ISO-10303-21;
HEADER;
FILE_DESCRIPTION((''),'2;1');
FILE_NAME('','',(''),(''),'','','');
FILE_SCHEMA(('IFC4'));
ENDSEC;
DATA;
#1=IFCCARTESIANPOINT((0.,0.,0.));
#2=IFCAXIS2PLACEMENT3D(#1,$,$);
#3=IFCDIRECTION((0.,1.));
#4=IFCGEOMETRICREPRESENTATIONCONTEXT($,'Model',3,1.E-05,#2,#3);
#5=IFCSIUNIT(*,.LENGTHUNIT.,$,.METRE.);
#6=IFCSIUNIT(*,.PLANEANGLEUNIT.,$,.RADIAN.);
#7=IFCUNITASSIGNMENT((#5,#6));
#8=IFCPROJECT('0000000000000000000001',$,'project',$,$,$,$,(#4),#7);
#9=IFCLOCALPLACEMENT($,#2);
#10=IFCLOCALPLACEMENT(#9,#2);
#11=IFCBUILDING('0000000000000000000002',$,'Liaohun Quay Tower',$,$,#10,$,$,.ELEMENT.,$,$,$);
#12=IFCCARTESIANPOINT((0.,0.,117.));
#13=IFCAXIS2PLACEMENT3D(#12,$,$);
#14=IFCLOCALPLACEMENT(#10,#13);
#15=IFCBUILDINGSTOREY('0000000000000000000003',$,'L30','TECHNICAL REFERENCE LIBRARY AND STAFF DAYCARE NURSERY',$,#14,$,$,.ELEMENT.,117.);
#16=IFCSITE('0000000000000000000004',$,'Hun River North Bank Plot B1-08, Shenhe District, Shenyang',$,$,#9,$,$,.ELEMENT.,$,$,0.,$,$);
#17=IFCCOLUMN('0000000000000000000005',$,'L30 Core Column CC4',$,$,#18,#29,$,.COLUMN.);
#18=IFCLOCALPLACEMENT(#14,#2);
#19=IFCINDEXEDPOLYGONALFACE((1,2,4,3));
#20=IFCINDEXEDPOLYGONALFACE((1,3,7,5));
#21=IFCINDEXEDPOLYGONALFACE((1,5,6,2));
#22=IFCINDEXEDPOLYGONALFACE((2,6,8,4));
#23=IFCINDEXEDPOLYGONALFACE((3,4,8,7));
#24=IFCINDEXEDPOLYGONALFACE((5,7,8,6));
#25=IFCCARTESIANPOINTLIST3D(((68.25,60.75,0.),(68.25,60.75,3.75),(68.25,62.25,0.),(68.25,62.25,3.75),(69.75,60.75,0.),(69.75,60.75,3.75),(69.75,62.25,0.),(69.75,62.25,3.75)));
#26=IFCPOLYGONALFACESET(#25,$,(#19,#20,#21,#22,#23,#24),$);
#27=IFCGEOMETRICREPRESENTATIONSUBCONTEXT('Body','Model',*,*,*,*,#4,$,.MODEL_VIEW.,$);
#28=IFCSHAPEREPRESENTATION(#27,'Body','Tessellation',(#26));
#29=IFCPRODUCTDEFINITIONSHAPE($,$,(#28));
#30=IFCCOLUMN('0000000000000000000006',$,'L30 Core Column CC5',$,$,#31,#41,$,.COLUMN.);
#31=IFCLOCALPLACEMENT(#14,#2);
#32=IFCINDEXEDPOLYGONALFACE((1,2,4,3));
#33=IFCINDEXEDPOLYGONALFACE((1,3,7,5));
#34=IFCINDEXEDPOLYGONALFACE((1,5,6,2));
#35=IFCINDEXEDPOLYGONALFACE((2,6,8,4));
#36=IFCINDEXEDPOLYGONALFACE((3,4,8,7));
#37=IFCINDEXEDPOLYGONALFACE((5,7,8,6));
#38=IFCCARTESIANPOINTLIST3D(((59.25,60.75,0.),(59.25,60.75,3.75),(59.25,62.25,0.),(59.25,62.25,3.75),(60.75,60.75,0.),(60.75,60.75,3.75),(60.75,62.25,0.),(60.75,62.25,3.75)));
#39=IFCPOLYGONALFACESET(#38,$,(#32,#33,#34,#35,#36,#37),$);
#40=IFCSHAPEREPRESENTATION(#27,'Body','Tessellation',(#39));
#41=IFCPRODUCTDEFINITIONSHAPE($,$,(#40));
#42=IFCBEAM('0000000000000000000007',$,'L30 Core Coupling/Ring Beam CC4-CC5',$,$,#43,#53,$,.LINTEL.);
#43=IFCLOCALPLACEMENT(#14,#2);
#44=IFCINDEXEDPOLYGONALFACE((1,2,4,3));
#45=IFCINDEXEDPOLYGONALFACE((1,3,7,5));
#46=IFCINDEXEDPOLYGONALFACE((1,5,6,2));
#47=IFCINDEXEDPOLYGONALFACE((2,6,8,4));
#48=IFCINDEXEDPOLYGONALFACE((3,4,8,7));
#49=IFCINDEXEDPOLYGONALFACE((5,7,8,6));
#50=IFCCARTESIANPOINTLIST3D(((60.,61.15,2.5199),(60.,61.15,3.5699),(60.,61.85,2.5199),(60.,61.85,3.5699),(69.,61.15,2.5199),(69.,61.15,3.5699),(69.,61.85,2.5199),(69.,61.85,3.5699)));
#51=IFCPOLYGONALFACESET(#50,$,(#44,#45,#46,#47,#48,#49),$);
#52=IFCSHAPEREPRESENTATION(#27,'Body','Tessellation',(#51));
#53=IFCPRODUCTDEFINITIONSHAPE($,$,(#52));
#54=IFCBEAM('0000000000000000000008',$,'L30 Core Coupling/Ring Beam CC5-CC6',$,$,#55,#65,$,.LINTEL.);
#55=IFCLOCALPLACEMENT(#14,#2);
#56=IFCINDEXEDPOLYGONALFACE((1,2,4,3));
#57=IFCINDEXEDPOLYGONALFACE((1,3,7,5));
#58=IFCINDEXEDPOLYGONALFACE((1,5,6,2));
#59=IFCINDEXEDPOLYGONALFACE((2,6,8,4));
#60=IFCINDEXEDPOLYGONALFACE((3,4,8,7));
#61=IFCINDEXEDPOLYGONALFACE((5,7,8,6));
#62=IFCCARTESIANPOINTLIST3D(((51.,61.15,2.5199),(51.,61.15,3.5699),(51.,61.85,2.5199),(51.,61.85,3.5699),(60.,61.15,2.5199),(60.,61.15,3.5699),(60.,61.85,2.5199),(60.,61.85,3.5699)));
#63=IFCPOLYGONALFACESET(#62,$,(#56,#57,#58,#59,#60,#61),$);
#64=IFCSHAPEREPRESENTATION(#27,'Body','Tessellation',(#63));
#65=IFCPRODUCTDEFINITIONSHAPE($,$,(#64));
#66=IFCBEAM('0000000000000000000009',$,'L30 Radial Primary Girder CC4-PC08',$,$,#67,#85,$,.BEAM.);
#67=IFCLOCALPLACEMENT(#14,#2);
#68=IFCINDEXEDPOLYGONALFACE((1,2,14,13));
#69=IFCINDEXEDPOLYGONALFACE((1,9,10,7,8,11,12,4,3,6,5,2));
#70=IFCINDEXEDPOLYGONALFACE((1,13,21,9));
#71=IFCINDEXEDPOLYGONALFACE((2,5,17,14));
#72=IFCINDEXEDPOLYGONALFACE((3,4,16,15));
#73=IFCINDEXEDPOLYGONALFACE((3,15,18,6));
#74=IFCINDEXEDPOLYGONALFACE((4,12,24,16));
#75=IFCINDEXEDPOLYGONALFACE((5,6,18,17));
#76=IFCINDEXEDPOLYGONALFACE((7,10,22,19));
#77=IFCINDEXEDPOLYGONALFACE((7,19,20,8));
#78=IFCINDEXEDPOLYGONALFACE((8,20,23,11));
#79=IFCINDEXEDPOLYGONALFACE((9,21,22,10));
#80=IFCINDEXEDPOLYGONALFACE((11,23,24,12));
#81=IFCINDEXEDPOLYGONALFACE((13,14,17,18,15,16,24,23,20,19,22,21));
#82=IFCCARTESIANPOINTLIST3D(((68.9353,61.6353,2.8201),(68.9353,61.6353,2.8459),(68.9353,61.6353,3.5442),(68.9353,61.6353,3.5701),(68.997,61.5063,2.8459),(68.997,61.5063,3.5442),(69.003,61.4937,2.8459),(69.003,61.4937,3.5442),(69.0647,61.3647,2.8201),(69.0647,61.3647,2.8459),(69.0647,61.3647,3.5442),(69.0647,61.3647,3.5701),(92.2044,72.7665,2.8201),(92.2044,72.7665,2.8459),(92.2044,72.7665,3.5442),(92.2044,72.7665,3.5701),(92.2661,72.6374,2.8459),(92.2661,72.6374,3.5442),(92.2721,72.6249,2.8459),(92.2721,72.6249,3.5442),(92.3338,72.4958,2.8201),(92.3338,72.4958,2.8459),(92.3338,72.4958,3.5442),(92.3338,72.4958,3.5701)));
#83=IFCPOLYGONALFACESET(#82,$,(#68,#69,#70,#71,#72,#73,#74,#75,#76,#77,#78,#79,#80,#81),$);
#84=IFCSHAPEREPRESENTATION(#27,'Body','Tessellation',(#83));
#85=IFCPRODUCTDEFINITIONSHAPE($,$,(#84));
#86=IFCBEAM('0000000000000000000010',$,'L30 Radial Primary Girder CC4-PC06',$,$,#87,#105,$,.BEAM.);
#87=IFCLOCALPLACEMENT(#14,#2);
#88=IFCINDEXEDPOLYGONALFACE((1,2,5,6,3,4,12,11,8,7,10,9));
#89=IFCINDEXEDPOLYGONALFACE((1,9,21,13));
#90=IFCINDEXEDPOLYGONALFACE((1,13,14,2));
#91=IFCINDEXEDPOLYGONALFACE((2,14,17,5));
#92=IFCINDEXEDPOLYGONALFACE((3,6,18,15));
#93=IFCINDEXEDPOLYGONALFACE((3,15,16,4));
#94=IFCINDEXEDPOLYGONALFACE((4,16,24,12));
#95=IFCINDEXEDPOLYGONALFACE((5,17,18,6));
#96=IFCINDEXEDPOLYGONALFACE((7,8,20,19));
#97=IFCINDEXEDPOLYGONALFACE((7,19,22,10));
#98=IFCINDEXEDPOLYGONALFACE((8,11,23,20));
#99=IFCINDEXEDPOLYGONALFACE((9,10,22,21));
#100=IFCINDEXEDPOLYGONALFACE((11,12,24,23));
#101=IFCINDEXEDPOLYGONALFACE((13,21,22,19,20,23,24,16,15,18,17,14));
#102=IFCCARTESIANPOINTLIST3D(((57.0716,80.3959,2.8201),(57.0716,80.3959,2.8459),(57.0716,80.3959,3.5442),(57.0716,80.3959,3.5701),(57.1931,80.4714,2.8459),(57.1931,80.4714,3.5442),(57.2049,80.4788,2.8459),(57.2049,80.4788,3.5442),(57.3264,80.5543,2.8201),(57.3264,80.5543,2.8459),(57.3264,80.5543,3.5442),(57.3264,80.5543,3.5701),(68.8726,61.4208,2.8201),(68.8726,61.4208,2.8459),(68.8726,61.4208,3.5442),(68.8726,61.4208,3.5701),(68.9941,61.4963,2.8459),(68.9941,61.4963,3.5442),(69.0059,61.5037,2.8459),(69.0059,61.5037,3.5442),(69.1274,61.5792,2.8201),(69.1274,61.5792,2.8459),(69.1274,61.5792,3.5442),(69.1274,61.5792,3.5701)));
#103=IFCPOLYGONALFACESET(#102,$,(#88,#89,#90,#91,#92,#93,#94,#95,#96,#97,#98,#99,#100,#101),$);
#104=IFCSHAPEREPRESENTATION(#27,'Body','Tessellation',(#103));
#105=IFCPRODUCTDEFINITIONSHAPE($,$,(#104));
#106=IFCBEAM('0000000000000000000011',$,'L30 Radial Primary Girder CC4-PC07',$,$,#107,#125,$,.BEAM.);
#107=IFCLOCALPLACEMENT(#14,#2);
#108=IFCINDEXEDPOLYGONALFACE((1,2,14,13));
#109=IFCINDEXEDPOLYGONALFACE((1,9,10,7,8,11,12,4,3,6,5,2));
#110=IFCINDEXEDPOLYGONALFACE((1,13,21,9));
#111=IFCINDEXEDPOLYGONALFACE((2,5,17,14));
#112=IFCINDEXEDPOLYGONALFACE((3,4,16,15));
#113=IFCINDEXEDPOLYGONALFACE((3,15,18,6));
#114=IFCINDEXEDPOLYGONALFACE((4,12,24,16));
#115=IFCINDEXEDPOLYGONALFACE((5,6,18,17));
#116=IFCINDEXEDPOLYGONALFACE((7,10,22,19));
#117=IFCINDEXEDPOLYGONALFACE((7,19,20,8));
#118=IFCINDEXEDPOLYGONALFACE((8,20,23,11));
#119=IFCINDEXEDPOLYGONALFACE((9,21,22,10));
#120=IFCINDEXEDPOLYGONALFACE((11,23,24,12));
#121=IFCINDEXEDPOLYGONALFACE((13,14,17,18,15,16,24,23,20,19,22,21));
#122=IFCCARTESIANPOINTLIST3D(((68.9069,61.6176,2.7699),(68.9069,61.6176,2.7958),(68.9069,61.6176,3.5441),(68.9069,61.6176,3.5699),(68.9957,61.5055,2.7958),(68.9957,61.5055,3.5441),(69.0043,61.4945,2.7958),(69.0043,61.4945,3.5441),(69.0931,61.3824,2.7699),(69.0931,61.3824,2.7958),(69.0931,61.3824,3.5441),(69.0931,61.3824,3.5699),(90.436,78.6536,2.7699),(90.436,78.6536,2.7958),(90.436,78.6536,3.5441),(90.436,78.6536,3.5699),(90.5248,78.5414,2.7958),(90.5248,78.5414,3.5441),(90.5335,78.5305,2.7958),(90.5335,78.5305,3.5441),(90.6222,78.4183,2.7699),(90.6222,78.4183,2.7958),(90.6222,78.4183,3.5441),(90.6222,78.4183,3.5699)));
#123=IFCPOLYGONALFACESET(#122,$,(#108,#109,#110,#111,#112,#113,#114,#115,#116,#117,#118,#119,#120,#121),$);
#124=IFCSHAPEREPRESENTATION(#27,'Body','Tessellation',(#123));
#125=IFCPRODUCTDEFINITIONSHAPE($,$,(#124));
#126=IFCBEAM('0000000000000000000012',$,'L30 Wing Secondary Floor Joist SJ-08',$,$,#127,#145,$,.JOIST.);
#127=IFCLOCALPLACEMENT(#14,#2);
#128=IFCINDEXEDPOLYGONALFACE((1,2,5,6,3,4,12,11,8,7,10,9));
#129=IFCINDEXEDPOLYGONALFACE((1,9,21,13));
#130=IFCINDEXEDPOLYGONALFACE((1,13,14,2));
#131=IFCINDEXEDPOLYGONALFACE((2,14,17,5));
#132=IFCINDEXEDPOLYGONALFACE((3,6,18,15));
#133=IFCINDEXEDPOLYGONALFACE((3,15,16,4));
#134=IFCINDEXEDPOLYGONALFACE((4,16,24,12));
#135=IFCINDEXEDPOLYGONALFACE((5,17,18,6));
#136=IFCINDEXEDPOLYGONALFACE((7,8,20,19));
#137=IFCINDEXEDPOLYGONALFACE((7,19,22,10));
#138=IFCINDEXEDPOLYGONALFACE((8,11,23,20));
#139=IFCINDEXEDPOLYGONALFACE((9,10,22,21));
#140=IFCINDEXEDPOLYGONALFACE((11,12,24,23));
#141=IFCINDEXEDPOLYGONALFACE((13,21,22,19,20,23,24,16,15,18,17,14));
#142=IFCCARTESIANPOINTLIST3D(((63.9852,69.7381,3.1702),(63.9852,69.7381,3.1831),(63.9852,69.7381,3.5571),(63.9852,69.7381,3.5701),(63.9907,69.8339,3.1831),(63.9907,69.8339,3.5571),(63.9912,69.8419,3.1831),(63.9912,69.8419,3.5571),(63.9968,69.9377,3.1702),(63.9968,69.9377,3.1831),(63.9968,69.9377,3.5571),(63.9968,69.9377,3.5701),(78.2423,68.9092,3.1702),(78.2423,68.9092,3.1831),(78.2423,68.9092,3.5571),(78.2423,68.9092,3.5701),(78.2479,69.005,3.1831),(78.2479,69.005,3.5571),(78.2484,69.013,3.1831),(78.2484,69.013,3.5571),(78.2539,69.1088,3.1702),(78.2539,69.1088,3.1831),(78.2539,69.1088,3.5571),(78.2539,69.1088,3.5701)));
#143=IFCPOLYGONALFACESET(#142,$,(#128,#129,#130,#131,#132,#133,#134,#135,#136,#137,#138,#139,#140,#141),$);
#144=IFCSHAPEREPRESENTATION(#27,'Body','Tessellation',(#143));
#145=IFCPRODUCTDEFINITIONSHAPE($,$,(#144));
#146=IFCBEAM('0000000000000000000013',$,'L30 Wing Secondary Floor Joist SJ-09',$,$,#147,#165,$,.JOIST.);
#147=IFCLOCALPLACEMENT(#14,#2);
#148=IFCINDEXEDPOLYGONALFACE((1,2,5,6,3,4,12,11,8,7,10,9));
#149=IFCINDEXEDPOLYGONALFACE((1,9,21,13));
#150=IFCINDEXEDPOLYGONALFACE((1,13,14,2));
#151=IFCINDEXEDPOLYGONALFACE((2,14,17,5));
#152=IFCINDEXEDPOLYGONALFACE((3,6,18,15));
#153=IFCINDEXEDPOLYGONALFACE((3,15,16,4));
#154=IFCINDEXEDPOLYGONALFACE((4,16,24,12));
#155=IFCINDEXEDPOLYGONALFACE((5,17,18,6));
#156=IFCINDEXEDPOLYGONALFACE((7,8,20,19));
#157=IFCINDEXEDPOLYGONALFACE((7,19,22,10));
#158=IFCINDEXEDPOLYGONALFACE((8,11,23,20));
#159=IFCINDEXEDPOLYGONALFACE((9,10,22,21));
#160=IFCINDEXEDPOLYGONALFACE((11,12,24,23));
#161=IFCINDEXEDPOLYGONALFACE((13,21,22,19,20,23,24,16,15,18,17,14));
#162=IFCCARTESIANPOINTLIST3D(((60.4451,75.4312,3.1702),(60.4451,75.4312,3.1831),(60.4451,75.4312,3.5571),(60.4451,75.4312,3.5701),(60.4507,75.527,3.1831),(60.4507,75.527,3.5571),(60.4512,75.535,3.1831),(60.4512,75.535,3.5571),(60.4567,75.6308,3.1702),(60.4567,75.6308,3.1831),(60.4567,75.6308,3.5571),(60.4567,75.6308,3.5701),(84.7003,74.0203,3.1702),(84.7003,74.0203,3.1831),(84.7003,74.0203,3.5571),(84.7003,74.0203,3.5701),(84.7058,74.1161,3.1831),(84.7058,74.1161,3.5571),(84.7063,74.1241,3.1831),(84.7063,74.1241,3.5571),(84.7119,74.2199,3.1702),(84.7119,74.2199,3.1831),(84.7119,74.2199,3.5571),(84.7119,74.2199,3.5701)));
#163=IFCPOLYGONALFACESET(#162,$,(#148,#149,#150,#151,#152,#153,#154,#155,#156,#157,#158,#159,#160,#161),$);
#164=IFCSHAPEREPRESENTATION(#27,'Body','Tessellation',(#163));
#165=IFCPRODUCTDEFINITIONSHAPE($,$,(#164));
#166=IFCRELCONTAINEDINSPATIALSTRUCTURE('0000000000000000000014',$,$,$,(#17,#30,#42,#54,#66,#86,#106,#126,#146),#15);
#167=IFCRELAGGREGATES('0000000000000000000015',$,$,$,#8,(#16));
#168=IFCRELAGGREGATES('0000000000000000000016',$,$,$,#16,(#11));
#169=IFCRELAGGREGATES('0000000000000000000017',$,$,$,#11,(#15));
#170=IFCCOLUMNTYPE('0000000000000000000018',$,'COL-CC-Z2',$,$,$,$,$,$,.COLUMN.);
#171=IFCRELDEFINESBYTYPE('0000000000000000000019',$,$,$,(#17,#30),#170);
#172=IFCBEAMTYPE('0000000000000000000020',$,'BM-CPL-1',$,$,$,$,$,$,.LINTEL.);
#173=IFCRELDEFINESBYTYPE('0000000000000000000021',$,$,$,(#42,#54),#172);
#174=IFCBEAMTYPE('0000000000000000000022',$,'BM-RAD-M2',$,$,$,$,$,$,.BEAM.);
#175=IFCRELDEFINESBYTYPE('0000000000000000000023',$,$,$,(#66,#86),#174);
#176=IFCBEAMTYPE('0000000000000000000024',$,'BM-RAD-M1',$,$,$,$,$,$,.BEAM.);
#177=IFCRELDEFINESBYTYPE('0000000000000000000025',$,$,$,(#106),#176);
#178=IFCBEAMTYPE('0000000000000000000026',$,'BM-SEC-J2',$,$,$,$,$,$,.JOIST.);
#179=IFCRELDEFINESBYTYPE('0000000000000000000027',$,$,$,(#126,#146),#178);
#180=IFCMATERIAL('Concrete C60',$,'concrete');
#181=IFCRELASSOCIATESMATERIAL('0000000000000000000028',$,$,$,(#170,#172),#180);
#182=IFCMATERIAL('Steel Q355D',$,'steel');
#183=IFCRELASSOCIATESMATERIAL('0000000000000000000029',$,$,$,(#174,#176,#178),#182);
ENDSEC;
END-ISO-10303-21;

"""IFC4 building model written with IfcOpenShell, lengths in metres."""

from ifc_helpers import new_model, si_unit, direction, frame, origin, origin_2d, place, context, subcontext, project, spatial, rectangle, i_section, extrude, source, transform, mapped, material, material_profile, profile_set, type_object, element, save


model = new_model("IFC4")

# Units and contexts
model_context = context("Model", 3, precision=1e-05, world=origin(), true_north=direction((0.0, 1.0)))
body_context = subcontext(model_context, "Body", "Model", "MODEL_VIEW")
ifc_project = project(units=[si_unit("LENGTHUNIT", "METRE"), si_unit("PLANEANGLEUNIT", "RADIAN")], contexts=[model_context])

# Site, building, storey
site_placement = place(None, origin())
site = spatial("IfcSite", under=ifc_project, at=site_placement, Name="Hun River North Bank Plot B1-08, Shenhe District, Shenyang", CompositionType="ELEMENT", RefElevation=0.0)
building_placement = place(site_placement, origin())
building = spatial("IfcBuilding", under=site, at=building_placement, Name="Liaohun Quay Tower", CompositionType="ELEMENT")
storey_placement = place(building_placement, frame((0.0, 0.0, 117.0)))
storey = spatial("IfcBuildingStorey", under=building, at=storey_placement, Name="L30", Description="TECHNICAL REFERENCE LIBRARY AND STAFF DAYCARE NURSERY", CompositionType="ELEMENT", Elevation=117.0)

# Columns
ifc_material_1 = material(Name="Concrete C60", Category="concrete")
ifc_material_profile_1 = material_profile(ifc_material_1, rectangle(XDim=1.5, YDim=1.5, at=origin_2d()), Name="RC1500x1500")
ifc_profile_set_1 = profile_set([ifc_material_profile_1], Name="Concrete C60")
column_type = type_object("IfcColumnType", Name="COL-CC-Z2", PredefinedType="COLUMN", material=ifc_profile_set_1)
shared_shape_1 = source(origin(), body_context, "Body", "SweptSolid", [
    extrude(rectangle(XDim=1.5, YDim=1.5, at=origin_2d()), origin(), (0.0, 0.0, 1.0), 3.75),
])
for number, where, z_axis, x_axis, name in (
    (1, (69.0, 61.5, 0.0), (0.0, 0.0, 1.0), (1.0, 0.0, 0.0), "L30 Core Column CC4"),
    (2, (60.0, 61.5, 0.0), (0.0, 0.0, 1.0), (1.0, 0.0, 0.0), "L30 Core Column CC5"),
):
    element("IfcColumn", number, at=place(storey_placement, frame(where, z_axis=z_axis, x_axis=x_axis)), inside=storey, type_object=column_type, Name=name, PredefinedType="COLUMN", context=body_context, shape_type="MappedRepresentation", body=[
        mapped(shared_shape_1, transform((0.0, 0.0, 0.0), x_axis=(1.0, 0.0, 0.0), y_axis=(0.0, 1.0, 0.0), z_axis=(0.0, 0.0, 1.0), scale=1.0)),
    ])

# Beams
ifc_material_profile_2 = material_profile(ifc_material_1, rectangle(XDim=0.7, YDim=1.05, at=origin_2d()), Name="RC700x1050")
ifc_profile_set_2 = profile_set([ifc_material_profile_2], Name="Concrete C60")
beam_type_1 = type_object("IfcBeamType", Name="BM-CPL-1", PredefinedType="LINTEL", material=ifc_profile_set_2)
shared_shape_2 = source(origin(), body_context, "Body", "SweptSolid", [
    extrude(rectangle(XDim=0.7, YDim=1.05, at=origin_2d()), origin(), (0.0, 0.0, 1.0), 9.0),
])
for number, where, z_axis, x_axis, name in (
    (3, (69.0, 61.5, 3.0449), (-1.0, 0.0, 0.0), (0.0, -1.0, 0.0), "L30 Core Coupling/Ring Beam CC4-CC5"),
    (4, (60.0, 61.5, 3.0449), (-1.0, 0.0, 0.0), (0.0, -1.0, 0.0), "L30 Core Coupling/Ring Beam CC5-CC6"),
):
    element("IfcBeam", number, at=place(storey_placement, frame(where, z_axis=z_axis, x_axis=x_axis)), inside=storey, type_object=beam_type_1, Name=name, PredefinedType="LINTEL", context=body_context, shape_type="MappedRepresentation", body=[
        mapped(shared_shape_2, transform((0.0, 0.0, 0.0), x_axis=(1.0, 0.0, 0.0), y_axis=(0.0, 1.0, 0.0), z_axis=(0.0, 0.0, 1.0), scale=1.0)),
    ])
ifc_material_2 = material(Name="Steel Q355D", Category="steel")
ifc_material_profile_3 = material_profile(ifc_material_2, i_section(OverallWidth=0.3, OverallDepth=0.75, WebThickness=0.0139, FlangeThickness=0.0259, at=origin_2d()), Name="HN750x300x14x26")
ifc_profile_set_3 = profile_set([ifc_material_profile_3], Name="Steel Q355D")
beam_type_2 = type_object("IfcBeamType", Name="BM-RAD-M2", PredefinedType="BEAM", material=ifc_profile_set_3)
shared_shape_3 = source(origin(), body_context, "Body", "SweptSolid", [
    extrude(i_section(OverallWidth=0.3, OverallDepth=0.75, WebThickness=0.0139, FlangeThickness=0.0259, at=origin_2d()), origin(), (0.0, 0.0, 1.0), 25.7944),
])
beam_1_placement = place(storey_placement, frame((69.0, 61.5, 3.1951), z_axis=(0.902098, 0.431532, 0.0), x_axis=(-0.431532, 0.902098, 0.0)))
element("IfcBeam", 5, at=beam_1_placement, inside=storey, type_object=beam_type_2, Name="L30 Radial Primary Girder CC4-PC08", PredefinedType="BEAM", context=body_context, shape_type="MappedRepresentation", body=[
    mapped(shared_shape_3, transform((0.0, 0.0, 0.0), x_axis=(1.0, 0.0, 0.0), y_axis=(0.0, 1.0, 0.0), z_axis=(0.0, 0.0, 1.0), scale=1.0)),
])
shared_shape_4 = source(origin(), body_context, "Body", "SweptSolid", [
    extrude(i_section(OverallWidth=0.3, OverallDepth=0.75, WebThickness=0.0139, FlangeThickness=0.0259, at=origin_2d()), origin(), (0.0, 0.0, 1.0), 22.3455),
])
beam_2_placement = place(storey_placement, frame((69.0, 61.5, 3.1951), z_axis=(-0.528118, 0.849171, 0.0), x_axis=(-0.849171, -0.528118, 0.0)))
element("IfcBeam", 6, at=beam_2_placement, inside=storey, type_object=beam_type_2, Name="L30 Radial Primary Girder CC4-PC06", PredefinedType="BEAM", context=body_context, shape_type="MappedRepresentation", body=[
    mapped(shared_shape_4, transform((0.0, 0.0, 0.0), x_axis=(1.0, 0.0, 0.0), y_axis=(0.0, 1.0, 0.0), z_axis=(0.0, 0.0, 1.0), scale=1.0)),
])
ifc_material_profile_4 = material_profile(ifc_material_2, i_section(OverallWidth=0.3, OverallDepth=0.8, WebThickness=0.0139, FlangeThickness=0.0259, at=origin_2d()), Name="HN800x300x14x26")
ifc_profile_set_4 = profile_set([ifc_material_profile_4], Name="Steel Q355D")
beam_type_3 = type_object("IfcBeamType", Name="BM-RAD-M1", PredefinedType="BEAM", material=ifc_profile_set_4)
shared_shape_5 = source(origin(), body_context, "Body", "SweptSolid", [
    extrude(i_section(OverallWidth=0.3, OverallDepth=0.8, WebThickness=0.0139, FlangeThickness=0.0259, at=origin_2d()), origin(), (0.0, 0.0, 1.0), 27.4541),
])
beam_3_placement = place(storey_placement, frame((69.0, 61.5, 3.1699), z_axis=(0.784187, 0.620525, 0.0), x_axis=(-0.620525, 0.784187, 0.0)))
element("IfcBeam", 7, at=beam_3_placement, inside=storey, type_object=beam_type_3, Name="L30 Radial Primary Girder CC4-PC07", PredefinedType="BEAM", context=body_context, shape_type="MappedRepresentation", body=[
    mapped(shared_shape_5, transform((0.0, 0.0, 0.0), x_axis=(1.0, 0.0, 0.0), y_axis=(0.0, 1.0, 0.0), z_axis=(0.0, 0.0, 1.0), scale=1.0)),
])
ifc_material_profile_5 = material_profile(ifc_material_2, i_section(OverallWidth=0.2, OverallDepth=0.3999, WebThickness=0.0081, FlangeThickness=0.0129, at=origin_2d()), Name="HN400x200x8x13")
ifc_profile_set_5 = profile_set([ifc_material_profile_5], Name="Steel Q355D")
beam_type_4 = type_object("IfcBeamType", Name="BM-SEC-J2", PredefinedType="JOIST", material=ifc_profile_set_5)
shared_shape_6 = source(origin(), body_context, "Body", "SweptSolid", [
    extrude(i_section(OverallWidth=0.2, OverallDepth=0.3999, WebThickness=0.0081, FlangeThickness=0.0129, at=origin_2d()), origin(), (0.0, 0.0, 1.0), 14.2812),
])
beam_4_placement = place(storey_placement, frame((63.991, 69.8379, 3.3701), z_axis=(0.998314, -0.058039, 0.0), x_axis=(0.058039, 0.998314, 0.0)))
element("IfcBeam", 8, at=beam_4_placement, inside=storey, type_object=beam_type_4, Name="L30 Wing Secondary Floor Joist SJ-08", PredefinedType="JOIST", context=body_context, shape_type="MappedRepresentation", body=[
    mapped(shared_shape_6, transform((0.0, 0.0, 0.0), x_axis=(1.0, 0.0, 0.0), y_axis=(0.0, 1.0, 0.0), z_axis=(0.0, 0.0, 1.0), scale=1.0)),
])
shared_shape_7 = source(origin(), body_context, "Body", "SweptSolid", [
    extrude(i_section(OverallWidth=0.2, OverallDepth=0.3999, WebThickness=0.0081, FlangeThickness=0.0129, at=origin_2d()), origin(), (0.0, 0.0, 1.0), 24.2961),
])
beam_5_placement = place(storey_placement, frame((60.4509, 75.531, 3.3701), z_axis=(0.998312, -0.058071, 0.0), x_axis=(0.058071, 0.998312, 0.0)))
element("IfcBeam", 9, at=beam_5_placement, inside=storey, type_object=beam_type_4, Name="L30 Wing Secondary Floor Joist SJ-09", PredefinedType="JOIST", context=body_context, shape_type="MappedRepresentation", body=[
    mapped(shared_shape_7, transform((0.0, 0.0, 0.0), x_axis=(1.0, 0.0, 0.0), y_axis=(0.0, 1.0, 0.0), z_axis=(0.0, 0.0, 1.0), scale=1.0)),
])

save(model, "model.ifc")
